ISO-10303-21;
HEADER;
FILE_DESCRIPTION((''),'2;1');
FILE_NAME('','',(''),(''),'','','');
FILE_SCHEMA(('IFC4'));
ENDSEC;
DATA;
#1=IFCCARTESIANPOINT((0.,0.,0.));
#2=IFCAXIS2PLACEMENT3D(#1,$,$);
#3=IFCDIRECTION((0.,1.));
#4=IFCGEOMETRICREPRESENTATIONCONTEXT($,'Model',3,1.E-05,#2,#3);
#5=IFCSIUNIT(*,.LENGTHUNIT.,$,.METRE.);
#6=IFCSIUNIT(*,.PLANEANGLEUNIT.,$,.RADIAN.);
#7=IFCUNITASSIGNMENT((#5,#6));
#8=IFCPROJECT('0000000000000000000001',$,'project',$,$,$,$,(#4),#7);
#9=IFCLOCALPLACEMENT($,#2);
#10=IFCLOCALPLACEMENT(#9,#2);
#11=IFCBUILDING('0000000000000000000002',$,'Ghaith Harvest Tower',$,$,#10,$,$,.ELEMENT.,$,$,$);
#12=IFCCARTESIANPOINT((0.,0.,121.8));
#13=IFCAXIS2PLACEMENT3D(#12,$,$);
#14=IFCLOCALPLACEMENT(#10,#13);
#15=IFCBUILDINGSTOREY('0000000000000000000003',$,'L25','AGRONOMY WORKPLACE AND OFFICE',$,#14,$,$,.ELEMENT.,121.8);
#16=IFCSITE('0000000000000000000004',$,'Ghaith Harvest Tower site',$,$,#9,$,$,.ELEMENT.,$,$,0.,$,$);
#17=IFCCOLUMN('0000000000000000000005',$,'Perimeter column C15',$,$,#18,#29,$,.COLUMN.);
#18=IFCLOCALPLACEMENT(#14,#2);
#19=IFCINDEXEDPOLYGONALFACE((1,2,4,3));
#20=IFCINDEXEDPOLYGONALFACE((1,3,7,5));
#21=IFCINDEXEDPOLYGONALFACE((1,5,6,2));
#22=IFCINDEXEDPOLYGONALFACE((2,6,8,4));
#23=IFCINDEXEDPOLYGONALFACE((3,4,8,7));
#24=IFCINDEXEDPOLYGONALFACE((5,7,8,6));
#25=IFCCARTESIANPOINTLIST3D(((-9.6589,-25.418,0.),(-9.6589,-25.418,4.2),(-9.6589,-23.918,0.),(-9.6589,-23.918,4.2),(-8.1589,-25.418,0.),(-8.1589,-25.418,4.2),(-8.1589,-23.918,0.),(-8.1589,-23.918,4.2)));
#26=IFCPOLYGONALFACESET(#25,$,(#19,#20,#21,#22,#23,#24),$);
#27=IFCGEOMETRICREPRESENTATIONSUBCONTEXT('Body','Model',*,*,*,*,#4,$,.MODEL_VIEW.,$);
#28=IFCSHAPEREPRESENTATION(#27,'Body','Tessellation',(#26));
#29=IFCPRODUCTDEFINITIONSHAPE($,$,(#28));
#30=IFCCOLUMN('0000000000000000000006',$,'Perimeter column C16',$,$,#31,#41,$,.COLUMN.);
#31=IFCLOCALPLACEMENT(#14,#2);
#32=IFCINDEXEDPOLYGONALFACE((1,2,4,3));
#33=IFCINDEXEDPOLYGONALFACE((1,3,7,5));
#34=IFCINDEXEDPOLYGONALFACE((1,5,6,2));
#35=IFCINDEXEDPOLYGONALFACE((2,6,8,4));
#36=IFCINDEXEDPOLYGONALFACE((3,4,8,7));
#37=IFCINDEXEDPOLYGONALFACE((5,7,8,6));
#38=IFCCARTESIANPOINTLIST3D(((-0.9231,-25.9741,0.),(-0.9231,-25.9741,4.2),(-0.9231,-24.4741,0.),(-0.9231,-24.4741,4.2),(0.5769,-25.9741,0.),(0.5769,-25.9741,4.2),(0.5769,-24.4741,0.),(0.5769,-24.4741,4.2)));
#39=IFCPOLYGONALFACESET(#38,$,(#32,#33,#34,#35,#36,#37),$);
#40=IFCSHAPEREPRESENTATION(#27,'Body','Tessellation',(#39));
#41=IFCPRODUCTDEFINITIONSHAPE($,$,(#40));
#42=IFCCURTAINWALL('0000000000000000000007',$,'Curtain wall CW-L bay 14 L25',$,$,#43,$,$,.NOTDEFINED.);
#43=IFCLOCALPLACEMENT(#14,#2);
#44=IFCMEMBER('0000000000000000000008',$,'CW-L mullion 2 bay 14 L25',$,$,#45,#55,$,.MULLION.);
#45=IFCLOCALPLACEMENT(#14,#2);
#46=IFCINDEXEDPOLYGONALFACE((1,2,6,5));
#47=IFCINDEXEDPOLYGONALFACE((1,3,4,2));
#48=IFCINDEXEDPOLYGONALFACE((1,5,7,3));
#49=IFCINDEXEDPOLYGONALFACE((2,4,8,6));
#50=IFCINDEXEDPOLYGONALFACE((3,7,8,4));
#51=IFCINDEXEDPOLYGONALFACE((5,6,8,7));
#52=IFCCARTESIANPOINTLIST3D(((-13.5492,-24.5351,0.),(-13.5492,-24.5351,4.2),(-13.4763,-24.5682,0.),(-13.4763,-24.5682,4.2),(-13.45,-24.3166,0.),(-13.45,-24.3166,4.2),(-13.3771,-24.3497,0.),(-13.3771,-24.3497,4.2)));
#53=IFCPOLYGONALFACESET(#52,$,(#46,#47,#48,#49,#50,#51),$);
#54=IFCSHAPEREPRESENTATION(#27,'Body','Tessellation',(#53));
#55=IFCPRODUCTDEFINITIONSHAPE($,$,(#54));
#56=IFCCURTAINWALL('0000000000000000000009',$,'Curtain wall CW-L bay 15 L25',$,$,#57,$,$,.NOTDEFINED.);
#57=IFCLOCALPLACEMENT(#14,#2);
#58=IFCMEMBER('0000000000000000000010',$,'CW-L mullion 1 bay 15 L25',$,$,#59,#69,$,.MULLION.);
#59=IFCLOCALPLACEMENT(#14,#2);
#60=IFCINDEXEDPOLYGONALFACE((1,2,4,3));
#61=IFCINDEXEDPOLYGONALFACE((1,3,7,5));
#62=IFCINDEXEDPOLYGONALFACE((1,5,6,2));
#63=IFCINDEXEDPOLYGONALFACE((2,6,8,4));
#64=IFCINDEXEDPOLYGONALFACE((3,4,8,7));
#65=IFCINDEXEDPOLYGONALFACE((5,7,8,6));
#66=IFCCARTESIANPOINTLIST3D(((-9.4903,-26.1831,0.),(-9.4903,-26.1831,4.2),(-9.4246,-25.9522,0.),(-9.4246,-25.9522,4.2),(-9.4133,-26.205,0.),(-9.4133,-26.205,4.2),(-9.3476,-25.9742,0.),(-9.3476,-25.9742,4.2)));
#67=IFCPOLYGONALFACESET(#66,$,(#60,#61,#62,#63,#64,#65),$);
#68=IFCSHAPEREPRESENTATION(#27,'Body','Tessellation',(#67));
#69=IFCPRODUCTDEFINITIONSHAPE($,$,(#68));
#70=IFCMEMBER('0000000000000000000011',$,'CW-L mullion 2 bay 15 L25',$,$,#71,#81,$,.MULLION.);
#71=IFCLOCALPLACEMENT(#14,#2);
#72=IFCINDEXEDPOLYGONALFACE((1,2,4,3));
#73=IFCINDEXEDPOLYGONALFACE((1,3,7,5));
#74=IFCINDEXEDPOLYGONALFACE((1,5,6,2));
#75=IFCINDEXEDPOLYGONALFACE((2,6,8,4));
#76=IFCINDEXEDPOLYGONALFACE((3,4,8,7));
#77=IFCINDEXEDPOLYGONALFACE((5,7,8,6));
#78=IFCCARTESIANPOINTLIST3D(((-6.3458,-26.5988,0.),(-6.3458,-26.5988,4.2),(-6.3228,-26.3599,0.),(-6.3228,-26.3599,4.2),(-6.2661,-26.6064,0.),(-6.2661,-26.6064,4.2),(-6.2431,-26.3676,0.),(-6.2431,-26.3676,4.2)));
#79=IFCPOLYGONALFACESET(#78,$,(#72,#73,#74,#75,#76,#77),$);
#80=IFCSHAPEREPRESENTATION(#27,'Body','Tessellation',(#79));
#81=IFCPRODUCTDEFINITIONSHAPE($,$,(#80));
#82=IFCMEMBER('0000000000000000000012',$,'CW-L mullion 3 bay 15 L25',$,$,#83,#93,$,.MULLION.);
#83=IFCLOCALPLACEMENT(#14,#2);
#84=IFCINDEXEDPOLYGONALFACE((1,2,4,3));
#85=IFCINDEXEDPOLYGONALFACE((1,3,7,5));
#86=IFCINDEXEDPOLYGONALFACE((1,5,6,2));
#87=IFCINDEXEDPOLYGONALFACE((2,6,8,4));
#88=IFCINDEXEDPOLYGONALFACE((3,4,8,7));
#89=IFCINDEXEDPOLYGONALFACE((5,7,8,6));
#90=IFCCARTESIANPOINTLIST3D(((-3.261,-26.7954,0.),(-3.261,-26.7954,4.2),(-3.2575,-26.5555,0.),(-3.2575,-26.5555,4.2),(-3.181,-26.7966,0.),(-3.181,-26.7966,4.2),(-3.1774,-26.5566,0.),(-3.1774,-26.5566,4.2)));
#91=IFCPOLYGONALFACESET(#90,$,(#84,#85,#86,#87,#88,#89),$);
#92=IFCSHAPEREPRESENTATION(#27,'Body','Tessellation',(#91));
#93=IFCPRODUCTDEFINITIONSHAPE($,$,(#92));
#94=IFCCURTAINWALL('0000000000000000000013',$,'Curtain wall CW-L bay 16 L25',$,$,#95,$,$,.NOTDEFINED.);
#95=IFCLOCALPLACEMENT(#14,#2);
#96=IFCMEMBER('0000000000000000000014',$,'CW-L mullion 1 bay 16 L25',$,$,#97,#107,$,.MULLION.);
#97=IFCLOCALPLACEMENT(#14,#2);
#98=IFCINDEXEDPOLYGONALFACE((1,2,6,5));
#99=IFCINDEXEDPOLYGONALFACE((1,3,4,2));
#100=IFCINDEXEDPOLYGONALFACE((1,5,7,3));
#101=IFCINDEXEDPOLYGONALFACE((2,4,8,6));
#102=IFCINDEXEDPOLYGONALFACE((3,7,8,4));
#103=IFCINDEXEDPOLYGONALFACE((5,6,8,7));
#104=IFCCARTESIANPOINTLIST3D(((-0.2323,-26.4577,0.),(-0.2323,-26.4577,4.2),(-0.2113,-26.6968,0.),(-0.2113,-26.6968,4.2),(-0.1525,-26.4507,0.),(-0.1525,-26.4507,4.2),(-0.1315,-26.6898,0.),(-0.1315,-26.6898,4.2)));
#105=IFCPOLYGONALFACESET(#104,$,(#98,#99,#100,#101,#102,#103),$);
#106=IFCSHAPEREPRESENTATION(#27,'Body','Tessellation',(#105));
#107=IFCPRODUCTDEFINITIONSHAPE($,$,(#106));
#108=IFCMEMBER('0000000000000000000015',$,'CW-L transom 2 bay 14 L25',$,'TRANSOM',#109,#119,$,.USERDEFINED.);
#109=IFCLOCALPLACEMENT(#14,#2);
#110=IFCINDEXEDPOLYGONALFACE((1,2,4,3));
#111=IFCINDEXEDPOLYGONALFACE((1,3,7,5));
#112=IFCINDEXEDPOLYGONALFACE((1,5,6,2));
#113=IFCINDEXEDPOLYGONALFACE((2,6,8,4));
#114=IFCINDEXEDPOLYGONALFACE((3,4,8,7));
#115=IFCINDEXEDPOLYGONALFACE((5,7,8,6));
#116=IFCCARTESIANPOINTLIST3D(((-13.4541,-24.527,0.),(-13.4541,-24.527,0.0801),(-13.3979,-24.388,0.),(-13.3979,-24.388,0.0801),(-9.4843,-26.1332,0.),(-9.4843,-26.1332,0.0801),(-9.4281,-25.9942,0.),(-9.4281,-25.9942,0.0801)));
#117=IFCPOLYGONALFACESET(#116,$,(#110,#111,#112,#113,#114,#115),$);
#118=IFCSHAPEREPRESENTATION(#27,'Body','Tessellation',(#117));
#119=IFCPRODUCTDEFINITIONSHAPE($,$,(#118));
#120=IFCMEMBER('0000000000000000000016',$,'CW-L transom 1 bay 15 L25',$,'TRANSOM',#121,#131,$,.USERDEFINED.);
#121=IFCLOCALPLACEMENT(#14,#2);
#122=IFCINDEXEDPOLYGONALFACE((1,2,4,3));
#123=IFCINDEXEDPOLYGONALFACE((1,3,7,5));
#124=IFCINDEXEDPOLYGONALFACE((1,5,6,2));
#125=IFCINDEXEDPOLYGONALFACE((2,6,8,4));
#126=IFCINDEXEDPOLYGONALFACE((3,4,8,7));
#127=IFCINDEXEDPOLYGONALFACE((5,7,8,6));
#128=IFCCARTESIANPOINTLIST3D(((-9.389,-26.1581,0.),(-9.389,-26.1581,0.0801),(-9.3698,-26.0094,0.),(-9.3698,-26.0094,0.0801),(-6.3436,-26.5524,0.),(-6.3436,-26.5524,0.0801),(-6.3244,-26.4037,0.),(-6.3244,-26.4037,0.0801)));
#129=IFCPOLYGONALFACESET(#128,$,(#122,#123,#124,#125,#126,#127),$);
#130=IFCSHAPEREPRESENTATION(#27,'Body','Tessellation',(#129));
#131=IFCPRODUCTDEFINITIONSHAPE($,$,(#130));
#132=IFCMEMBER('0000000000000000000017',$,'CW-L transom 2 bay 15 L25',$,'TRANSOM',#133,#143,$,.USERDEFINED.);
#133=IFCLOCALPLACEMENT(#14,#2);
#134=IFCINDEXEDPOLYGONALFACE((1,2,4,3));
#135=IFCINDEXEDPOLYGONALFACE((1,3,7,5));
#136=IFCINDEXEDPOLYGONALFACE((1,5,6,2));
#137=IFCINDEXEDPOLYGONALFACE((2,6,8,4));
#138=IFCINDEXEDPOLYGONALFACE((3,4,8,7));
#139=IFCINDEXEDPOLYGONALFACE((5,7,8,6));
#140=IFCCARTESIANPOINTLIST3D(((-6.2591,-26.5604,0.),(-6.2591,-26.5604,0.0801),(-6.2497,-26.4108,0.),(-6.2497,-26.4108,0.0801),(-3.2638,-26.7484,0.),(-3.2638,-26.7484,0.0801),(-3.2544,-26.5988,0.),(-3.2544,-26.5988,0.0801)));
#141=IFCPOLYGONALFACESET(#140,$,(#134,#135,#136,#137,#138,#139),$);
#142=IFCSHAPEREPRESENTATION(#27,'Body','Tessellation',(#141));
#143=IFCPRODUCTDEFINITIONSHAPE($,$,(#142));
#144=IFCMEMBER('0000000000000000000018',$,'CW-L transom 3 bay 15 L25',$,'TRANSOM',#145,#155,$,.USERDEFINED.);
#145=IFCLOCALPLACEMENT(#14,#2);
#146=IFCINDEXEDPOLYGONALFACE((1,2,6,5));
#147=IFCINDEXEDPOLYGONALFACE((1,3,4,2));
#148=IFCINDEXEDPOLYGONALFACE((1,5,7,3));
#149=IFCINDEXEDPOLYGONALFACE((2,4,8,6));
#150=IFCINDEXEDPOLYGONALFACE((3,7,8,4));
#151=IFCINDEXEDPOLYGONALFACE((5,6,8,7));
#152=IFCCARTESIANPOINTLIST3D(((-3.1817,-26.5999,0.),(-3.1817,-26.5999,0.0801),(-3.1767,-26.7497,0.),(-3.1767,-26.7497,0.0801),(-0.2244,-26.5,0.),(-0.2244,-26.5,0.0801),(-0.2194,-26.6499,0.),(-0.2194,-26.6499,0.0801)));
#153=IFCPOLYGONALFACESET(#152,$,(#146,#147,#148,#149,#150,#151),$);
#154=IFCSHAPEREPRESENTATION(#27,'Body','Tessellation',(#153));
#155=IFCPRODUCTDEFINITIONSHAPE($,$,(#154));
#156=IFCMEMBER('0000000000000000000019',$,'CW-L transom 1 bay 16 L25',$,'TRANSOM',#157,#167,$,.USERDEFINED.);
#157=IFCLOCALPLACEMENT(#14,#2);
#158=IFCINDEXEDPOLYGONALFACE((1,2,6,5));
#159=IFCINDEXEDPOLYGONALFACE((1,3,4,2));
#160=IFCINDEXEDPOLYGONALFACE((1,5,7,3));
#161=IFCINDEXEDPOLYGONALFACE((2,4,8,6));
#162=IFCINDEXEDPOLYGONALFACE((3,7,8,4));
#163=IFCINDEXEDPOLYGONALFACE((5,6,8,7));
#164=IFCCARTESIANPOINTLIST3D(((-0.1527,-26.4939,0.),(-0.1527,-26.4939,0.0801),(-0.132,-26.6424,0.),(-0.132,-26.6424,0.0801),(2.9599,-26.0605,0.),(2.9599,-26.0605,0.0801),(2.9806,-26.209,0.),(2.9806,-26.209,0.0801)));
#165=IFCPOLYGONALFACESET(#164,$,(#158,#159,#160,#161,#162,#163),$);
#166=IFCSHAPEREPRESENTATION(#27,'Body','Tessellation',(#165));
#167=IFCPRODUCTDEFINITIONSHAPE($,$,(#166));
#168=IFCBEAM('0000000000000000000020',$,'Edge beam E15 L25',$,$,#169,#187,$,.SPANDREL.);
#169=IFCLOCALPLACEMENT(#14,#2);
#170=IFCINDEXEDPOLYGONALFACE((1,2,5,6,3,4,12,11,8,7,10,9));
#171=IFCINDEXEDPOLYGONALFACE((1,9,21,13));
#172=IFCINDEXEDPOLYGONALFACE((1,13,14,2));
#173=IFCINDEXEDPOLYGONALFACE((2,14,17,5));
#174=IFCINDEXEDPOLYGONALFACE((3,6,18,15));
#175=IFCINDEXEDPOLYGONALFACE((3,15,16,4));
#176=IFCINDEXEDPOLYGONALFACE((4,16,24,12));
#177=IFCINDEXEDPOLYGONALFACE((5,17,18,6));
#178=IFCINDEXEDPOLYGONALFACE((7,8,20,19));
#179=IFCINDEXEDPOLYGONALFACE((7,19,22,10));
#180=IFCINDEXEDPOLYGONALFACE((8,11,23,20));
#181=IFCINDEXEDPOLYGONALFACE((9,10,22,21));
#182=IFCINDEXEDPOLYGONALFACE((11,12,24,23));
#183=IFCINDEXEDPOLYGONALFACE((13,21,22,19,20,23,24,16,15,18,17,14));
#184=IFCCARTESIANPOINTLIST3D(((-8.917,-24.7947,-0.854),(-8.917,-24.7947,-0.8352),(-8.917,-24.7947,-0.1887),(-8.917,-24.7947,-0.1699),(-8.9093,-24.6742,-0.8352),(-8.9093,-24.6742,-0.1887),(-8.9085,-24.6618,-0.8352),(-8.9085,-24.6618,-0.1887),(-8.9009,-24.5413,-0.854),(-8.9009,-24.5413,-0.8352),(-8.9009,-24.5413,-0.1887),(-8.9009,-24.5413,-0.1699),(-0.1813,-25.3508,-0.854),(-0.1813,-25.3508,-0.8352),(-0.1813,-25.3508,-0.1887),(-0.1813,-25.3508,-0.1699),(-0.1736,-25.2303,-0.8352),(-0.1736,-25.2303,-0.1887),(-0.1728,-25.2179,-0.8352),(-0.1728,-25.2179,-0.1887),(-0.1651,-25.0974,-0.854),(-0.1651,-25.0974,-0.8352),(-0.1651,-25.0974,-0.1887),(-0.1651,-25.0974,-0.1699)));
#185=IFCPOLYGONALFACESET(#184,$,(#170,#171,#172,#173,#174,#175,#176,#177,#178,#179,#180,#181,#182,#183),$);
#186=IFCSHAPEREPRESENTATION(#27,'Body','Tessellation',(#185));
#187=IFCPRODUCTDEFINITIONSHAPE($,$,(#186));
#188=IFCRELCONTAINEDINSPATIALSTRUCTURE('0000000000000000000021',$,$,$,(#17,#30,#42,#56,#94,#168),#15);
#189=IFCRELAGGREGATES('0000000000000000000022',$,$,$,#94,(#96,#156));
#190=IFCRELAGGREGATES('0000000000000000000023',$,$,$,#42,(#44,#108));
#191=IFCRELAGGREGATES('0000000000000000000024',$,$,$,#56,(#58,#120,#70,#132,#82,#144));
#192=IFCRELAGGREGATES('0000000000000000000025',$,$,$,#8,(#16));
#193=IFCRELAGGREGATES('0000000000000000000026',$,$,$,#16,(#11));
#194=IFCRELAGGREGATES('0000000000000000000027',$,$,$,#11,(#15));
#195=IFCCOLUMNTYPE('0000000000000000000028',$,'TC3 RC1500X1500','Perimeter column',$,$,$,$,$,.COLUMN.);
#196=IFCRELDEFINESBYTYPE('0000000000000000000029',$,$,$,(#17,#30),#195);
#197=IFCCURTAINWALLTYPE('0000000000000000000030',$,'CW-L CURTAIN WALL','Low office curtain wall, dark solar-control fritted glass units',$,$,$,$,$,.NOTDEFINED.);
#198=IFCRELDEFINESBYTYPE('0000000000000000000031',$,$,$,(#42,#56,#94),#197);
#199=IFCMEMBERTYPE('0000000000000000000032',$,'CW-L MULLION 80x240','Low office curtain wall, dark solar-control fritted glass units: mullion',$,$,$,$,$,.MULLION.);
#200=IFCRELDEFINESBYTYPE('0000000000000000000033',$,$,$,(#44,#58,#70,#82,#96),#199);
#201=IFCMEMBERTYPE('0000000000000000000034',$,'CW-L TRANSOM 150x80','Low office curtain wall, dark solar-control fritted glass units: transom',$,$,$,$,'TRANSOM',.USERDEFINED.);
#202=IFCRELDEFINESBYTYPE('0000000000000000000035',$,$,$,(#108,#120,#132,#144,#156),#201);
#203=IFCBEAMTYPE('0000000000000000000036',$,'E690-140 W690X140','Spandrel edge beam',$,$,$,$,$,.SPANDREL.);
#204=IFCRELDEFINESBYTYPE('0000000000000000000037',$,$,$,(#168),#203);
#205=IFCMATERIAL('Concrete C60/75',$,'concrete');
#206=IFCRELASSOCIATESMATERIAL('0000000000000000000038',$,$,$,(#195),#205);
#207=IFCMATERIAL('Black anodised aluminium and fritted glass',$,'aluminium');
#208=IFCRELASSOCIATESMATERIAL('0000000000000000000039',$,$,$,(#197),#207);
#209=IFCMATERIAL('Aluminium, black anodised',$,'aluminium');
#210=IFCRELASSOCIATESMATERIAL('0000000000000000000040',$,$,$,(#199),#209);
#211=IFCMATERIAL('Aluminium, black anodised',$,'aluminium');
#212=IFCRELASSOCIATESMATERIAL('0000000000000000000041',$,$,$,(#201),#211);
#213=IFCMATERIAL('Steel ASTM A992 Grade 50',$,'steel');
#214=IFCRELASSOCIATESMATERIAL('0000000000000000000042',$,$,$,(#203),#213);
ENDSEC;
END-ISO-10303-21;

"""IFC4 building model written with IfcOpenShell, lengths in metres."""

from ifc_helpers import new_model, si_unit, direction, frame, origin, origin_2d, place, context, subcontext, project, spatial, rectangle, i_section, extrude, material, material_profile, profile_set, type_object, element, aggregate, save


model = new_model("IFC4")

# Units and contexts
model_context = context("Model", 3, precision=1e-05, world=origin(), true_north=direction((0.0, 1.0)))
body_context = subcontext(model_context, "Body", "Model", "MODEL_VIEW")
ifc_project = project(units=[si_unit("LENGTHUNIT", "METRE"), si_unit("PLANEANGLEUNIT", "RADIAN")], contexts=[model_context])

# Site, building, storey
site_placement = place(None, origin())
site = spatial("IfcSite", under=ifc_project, at=site_placement, Name="Ghaith Harvest Tower site", CompositionType="ELEMENT", RefElevation=0.0)
building_placement = place(site_placement, origin())
building = spatial("IfcBuilding", under=site, at=building_placement, Name="Ghaith Harvest Tower", CompositionType="ELEMENT")
storey_placement = place(building_placement, frame((0.0, 0.0, 121.8)))
storey = spatial("IfcBuildingStorey", under=building, at=storey_placement, Name="L25", Description="AGRONOMY WORKPLACE AND OFFICE", CompositionType="ELEMENT", Elevation=121.8)

# Columns
ifc_material_1 = material(Name="Concrete C60/75", Category="concrete")
ifc_material_profile_1 = material_profile(ifc_material_1, rectangle(XDim=1.5, YDim=1.5, at=origin_2d()), Name="RC1500X1500")
ifc_profile_set_1 = profile_set([ifc_material_profile_1], Name="Concrete C60/75")
column_type = type_object("IfcColumnType", Name="TC3 RC1500X1500", Description="Perimeter column", PredefinedType="COLUMN", material=ifc_profile_set_1)
for number, where, z_axis, x_axis, name in (
    (1, (-8.9089, -24.668, 0.0), (0.0, 0.0, 1.0), (1.0, 0.0, 0.0), "Perimeter column C15"),
    (2, (-0.1731, -25.2241, 0.0), (0.0, 0.0, 1.0), (1.0, 0.0, 0.0), "Perimeter column C16"),
):
    element("IfcColumn", number, at=place(storey_placement, frame(where, z_axis=z_axis, x_axis=x_axis)), inside=storey, type_object=column_type, Name=name, PredefinedType="COLUMN", context=body_context, shape_type="SweptSolid", body=[
        extrude(rectangle(XDim=1.5, YDim=1.5, at=origin_2d()), origin(), (0.0, 0.0, 1.0), 4.2),
    ])

# Curtain wall, member
ifc_material_2 = material(Name="Black anodised aluminium and fritted glass", Category="aluminium")
curtain_wall_type = type_object("IfcCurtainWallType", Name="CW-L CURTAIN WALL", Description="Low office curtain wall, dark solar-control fritted glass units", PredefinedType="NOTDEFINED", material=ifc_material_2)
curtain_wall_1_placement = place(storey_placement, origin())
curtain_wall_1 = element("IfcCurtainWall", 3, at=curtain_wall_1_placement, inside=storey, type_object=curtain_wall_type, Name="Curtain wall CW-L bay 14 L25", PredefinedType="NOTDEFINED")
ifc_material_3 = material(Name="Aluminium, black anodised", Category="aluminium")
ifc_material_profile_2 = material_profile(ifc_material_3, rectangle(XDim=0.0801, YDim=0.24, at=origin_2d()), Name="CW-L MULLION 80x240")
ifc_profile_set_2 = profile_set([ifc_material_profile_2], Name="Aluminium, black anodised")
member_type_1 = type_object("IfcMemberType", Name="CW-L MULLION 80x240", Description="Low office curtain wall, dark solar-control fritted glass units: mullion", PredefinedType="MULLION", material=ifc_profile_set_2)
member_1_placement = place(storey_placement, frame((-13.4631, -24.4424, 0.0), z_axis=(0.0, 0.0, 1.0), x_axis=(0.910648, -0.413183, 0.0)))
member_1 = element("IfcMember", 4, at=member_1_placement, type_object=member_type_1, Name="CW-L mullion 2 bay 14 L25", PredefinedType="MULLION", context=body_context, shape_type="SweptSolid", body=[
    extrude(rectangle(XDim=0.0801, YDim=0.24, at=origin_2d()), origin(), (0.0, 0.0, 1.0), 4.2),
])

# Curtain wall, members
curtain_wall_2_placement = place(storey_placement, origin())
curtain_wall_2 = element("IfcCurtainWall", 5, at=curtain_wall_2_placement, inside=storey, type_object=curtain_wall_type, Name="Curtain wall CW-L bay 15 L25", PredefinedType="NOTDEFINED")
member_2_placement = place(storey_placement, frame((-9.4189, -26.0786, 0.0), z_axis=(0.0, 0.0, 1.0), x_axis=(0.961789, -0.273793, 0.0)))
member_2 = element("IfcMember", 6, at=member_2_placement, type_object=member_type_1, Name="CW-L mullion 1 bay 15 L25", PredefinedType="MULLION", context=body_context, shape_type="SweptSolid", body=[
    extrude(rectangle(XDim=0.0801, YDim=0.24, at=origin_2d()), origin(), (0.0, 0.0, 1.0), 4.2),
])
member_3_placement = place(storey_placement, frame((-6.2944, -26.4832, 0.0), z_axis=(0.0, 0.0, 1.0), x_axis=(0.995389, -0.095918, 0.0)))
member_3 = element("IfcMember", 7, at=member_3_placement, type_object=member_type_1, Name="CW-L mullion 2 bay 15 L25", PredefinedType="MULLION", context=body_context, shape_type="SweptSolid", body=[
    extrude(rectangle(XDim=0.0801, YDim=0.24, at=origin_2d()), origin(), (0.0, 0.0, 1.0), 4.2),
])
member_4_placement = place(storey_placement, frame((-3.2192, -26.676, 0.0), z_axis=(0.0, 0.0, 1.0), x_axis=(0.999891, -0.014796, 0.0)))
member_4 = element("IfcMember", 8, at=member_4_placement, type_object=member_type_1, Name="CW-L mullion 3 bay 15 L25", PredefinedType="MULLION", context=body_context, shape_type="SweptSolid", body=[
    extrude(rectangle(XDim=0.0801, YDim=0.24, at=origin_2d()), origin(), (0.0, 0.0, 1.0), 4.2),
])

# Curtain wall, member
curtain_wall_3_placement = place(storey_placement, origin())
curtain_wall_3 = element("IfcCurtainWall", 9, at=curtain_wall_3_placement, inside=storey, type_object=curtain_wall_type, Name="Curtain wall CW-L bay 16 L25", PredefinedType="NOTDEFINED")
member_5_placement = place(storey_placement, frame((-0.1819, -26.5737, 0.0), z_axis=(0.0, 0.0, 1.0), x_axis=(0.996169, 0.087446, 0.0)))
member_5 = element("IfcMember", 10, at=member_5_placement, type_object=member_type_1, Name="CW-L mullion 1 bay 16 L25", PredefinedType="MULLION", context=body_context, shape_type="SweptSolid", body=[
    extrude(rectangle(XDim=0.0801, YDim=0.24, at=origin_2d()), origin(), (0.0, 0.0, 1.0), 4.2),
])

# Members
ifc_material_4 = material(Name="Aluminium, black anodised", Category="aluminium")
ifc_material_profile_3 = material_profile(ifc_material_4, rectangle(XDim=0.1499, YDim=0.0801, at=origin_2d()), Name="CW-L TRANSOM 150x80")
ifc_profile_set_3 = profile_set([ifc_material_profile_3], Name="Aluminium, black anodised")
member_type_2 = type_object("IfcMemberType", Name="CW-L TRANSOM 150x80", Description="Low office curtain wall, dark solar-control fritted glass units: transom", ElementType="TRANSOM", PredefinedType="USERDEFINED", material=ifc_profile_set_3)
member_6_placement = place(storey_placement, frame((-13.426, -24.4575, 0.04), z_axis=(0.927003, -0.375054, 0.0), x_axis=(0.375054, 0.927003, 0.0)))
member_6 = element("IfcMember", 11, at=member_6_placement, type_object=member_type_2, Name="CW-L transom 2 bay 14 L25", ObjectType="TRANSOM", PredefinedType="USERDEFINED", context=body_context, shape_type="SweptSolid", body=[
    extrude(rectangle(XDim=0.1499, YDim=0.0801, at=origin_2d()), origin(), (0.0, 0.0, 1.0), 4.2825),
])
member_7_placement = place(storey_placement, frame((-9.3794, -26.0837, 0.04), z_axis=(0.991723, -0.128398, 0.0), x_axis=(0.128398, 0.991723, 0.0)))
member_7 = element("IfcMember", 12, at=member_7_placement, type_object=member_type_2, Name="CW-L transom 1 bay 15 L25", ObjectType="TRANSOM", PredefinedType="USERDEFINED", context=body_context, shape_type="SweptSolid", body=[
    extrude(rectangle(XDim=0.1499, YDim=0.0801, at=origin_2d()), origin(), (0.0, 0.0, 1.0), 3.0708),
])
member_8_placement = place(storey_placement, frame((-6.2544, -26.4856, 0.04), z_axis=(0.998036, -0.062637, 0.0), x_axis=(0.062637, 0.998036, 0.0)))
member_8 = element("IfcMember", 13, at=member_8_placement, type_object=member_type_2, Name="CW-L transom 2 bay 15 L25", ObjectType="TRANSOM", PredefinedType="USERDEFINED", context=body_context, shape_type="SweptSolid", body=[
    extrude(rectangle(XDim=0.1499, YDim=0.0801, at=origin_2d()), origin(), (0.0, 0.0, 1.0), 3.0012),
])
member_9_placement = place(storey_placement, frame((-3.1792, -26.6748, 0.04), z_axis=(0.99943, 0.033746, 0.0), x_axis=(-0.033746, 0.99943, 0.0)))
member_9 = element("IfcMember", 14, at=member_9_placement, type_object=member_type_2, Name="CW-L transom 3 bay 15 L25", ObjectType="TRANSOM", PredefinedType="USERDEFINED", context=body_context, shape_type="SweptSolid", body=[
    extrude(rectangle(XDim=0.1499, YDim=0.0801, at=origin_2d()), origin(), (0.0, 0.0, 1.0), 2.959),
])
member_10_placement = place(storey_placement, frame((-0.1423, -26.5681, 0.04), z_axis=(0.990447, 0.137897, 0.0), x_axis=(-0.137897, 0.990447, 0.0)))
member_10 = element("IfcMember", 15, at=member_10_placement, type_object=member_type_2, Name="CW-L transom 1 bay 16 L25", ObjectType="TRANSOM", PredefinedType="USERDEFINED", context=body_context, shape_type="SweptSolid", body=[
    extrude(rectangle(XDim=0.1499, YDim=0.0801, at=origin_2d()), origin(), (0.0, 0.0, 1.0), 3.1426),
])
aggregate(curtain_wall_3, [member_5, member_10])

# Beam
ifc_material_5 = material(Name="Steel ASTM A992 Grade 50", Category="steel")
ifc_material_profile_4 = material_profile(ifc_material_5, i_section(OverallWidth=0.2539, OverallDepth=0.6841, WebThickness=0.0125, FlangeThickness=0.0188, at=origin_2d()), Name="W690X140")
ifc_profile_set_4 = profile_set([ifc_material_profile_4], Name="Steel ASTM A992 Grade 50")
beam_type = type_object("IfcBeamType", Name="E690-140 W690X140", Description="Spandrel edge beam", PredefinedType="SPANDREL", material=ifc_profile_set_4)
beam_1_placement = place(storey_placement, frame((-8.9089, -24.668, -0.512), z_axis=(0.99798, -0.063535, 0.0), x_axis=(0.063535, 0.99798, 0.0)))
element("IfcBeam", 16, at=beam_1_placement, inside=storey, type_object=beam_type, Name="Edge beam E15 L25", PredefinedType="SPANDREL", context=body_context, shape_type="SweptSolid", body=[
    extrude(i_section(OverallWidth=0.2539, OverallDepth=0.6841, WebThickness=0.0125, FlangeThickness=0.0188, at=origin_2d()), origin(), (0.0, 0.0, 1.0), 8.7534),
])

aggregate(curtain_wall_1, [member_1, member_6])
aggregate(curtain_wall_2, [member_2, member_7, member_3, member_8, member_4, member_9])

save(model, "model.ifc")
